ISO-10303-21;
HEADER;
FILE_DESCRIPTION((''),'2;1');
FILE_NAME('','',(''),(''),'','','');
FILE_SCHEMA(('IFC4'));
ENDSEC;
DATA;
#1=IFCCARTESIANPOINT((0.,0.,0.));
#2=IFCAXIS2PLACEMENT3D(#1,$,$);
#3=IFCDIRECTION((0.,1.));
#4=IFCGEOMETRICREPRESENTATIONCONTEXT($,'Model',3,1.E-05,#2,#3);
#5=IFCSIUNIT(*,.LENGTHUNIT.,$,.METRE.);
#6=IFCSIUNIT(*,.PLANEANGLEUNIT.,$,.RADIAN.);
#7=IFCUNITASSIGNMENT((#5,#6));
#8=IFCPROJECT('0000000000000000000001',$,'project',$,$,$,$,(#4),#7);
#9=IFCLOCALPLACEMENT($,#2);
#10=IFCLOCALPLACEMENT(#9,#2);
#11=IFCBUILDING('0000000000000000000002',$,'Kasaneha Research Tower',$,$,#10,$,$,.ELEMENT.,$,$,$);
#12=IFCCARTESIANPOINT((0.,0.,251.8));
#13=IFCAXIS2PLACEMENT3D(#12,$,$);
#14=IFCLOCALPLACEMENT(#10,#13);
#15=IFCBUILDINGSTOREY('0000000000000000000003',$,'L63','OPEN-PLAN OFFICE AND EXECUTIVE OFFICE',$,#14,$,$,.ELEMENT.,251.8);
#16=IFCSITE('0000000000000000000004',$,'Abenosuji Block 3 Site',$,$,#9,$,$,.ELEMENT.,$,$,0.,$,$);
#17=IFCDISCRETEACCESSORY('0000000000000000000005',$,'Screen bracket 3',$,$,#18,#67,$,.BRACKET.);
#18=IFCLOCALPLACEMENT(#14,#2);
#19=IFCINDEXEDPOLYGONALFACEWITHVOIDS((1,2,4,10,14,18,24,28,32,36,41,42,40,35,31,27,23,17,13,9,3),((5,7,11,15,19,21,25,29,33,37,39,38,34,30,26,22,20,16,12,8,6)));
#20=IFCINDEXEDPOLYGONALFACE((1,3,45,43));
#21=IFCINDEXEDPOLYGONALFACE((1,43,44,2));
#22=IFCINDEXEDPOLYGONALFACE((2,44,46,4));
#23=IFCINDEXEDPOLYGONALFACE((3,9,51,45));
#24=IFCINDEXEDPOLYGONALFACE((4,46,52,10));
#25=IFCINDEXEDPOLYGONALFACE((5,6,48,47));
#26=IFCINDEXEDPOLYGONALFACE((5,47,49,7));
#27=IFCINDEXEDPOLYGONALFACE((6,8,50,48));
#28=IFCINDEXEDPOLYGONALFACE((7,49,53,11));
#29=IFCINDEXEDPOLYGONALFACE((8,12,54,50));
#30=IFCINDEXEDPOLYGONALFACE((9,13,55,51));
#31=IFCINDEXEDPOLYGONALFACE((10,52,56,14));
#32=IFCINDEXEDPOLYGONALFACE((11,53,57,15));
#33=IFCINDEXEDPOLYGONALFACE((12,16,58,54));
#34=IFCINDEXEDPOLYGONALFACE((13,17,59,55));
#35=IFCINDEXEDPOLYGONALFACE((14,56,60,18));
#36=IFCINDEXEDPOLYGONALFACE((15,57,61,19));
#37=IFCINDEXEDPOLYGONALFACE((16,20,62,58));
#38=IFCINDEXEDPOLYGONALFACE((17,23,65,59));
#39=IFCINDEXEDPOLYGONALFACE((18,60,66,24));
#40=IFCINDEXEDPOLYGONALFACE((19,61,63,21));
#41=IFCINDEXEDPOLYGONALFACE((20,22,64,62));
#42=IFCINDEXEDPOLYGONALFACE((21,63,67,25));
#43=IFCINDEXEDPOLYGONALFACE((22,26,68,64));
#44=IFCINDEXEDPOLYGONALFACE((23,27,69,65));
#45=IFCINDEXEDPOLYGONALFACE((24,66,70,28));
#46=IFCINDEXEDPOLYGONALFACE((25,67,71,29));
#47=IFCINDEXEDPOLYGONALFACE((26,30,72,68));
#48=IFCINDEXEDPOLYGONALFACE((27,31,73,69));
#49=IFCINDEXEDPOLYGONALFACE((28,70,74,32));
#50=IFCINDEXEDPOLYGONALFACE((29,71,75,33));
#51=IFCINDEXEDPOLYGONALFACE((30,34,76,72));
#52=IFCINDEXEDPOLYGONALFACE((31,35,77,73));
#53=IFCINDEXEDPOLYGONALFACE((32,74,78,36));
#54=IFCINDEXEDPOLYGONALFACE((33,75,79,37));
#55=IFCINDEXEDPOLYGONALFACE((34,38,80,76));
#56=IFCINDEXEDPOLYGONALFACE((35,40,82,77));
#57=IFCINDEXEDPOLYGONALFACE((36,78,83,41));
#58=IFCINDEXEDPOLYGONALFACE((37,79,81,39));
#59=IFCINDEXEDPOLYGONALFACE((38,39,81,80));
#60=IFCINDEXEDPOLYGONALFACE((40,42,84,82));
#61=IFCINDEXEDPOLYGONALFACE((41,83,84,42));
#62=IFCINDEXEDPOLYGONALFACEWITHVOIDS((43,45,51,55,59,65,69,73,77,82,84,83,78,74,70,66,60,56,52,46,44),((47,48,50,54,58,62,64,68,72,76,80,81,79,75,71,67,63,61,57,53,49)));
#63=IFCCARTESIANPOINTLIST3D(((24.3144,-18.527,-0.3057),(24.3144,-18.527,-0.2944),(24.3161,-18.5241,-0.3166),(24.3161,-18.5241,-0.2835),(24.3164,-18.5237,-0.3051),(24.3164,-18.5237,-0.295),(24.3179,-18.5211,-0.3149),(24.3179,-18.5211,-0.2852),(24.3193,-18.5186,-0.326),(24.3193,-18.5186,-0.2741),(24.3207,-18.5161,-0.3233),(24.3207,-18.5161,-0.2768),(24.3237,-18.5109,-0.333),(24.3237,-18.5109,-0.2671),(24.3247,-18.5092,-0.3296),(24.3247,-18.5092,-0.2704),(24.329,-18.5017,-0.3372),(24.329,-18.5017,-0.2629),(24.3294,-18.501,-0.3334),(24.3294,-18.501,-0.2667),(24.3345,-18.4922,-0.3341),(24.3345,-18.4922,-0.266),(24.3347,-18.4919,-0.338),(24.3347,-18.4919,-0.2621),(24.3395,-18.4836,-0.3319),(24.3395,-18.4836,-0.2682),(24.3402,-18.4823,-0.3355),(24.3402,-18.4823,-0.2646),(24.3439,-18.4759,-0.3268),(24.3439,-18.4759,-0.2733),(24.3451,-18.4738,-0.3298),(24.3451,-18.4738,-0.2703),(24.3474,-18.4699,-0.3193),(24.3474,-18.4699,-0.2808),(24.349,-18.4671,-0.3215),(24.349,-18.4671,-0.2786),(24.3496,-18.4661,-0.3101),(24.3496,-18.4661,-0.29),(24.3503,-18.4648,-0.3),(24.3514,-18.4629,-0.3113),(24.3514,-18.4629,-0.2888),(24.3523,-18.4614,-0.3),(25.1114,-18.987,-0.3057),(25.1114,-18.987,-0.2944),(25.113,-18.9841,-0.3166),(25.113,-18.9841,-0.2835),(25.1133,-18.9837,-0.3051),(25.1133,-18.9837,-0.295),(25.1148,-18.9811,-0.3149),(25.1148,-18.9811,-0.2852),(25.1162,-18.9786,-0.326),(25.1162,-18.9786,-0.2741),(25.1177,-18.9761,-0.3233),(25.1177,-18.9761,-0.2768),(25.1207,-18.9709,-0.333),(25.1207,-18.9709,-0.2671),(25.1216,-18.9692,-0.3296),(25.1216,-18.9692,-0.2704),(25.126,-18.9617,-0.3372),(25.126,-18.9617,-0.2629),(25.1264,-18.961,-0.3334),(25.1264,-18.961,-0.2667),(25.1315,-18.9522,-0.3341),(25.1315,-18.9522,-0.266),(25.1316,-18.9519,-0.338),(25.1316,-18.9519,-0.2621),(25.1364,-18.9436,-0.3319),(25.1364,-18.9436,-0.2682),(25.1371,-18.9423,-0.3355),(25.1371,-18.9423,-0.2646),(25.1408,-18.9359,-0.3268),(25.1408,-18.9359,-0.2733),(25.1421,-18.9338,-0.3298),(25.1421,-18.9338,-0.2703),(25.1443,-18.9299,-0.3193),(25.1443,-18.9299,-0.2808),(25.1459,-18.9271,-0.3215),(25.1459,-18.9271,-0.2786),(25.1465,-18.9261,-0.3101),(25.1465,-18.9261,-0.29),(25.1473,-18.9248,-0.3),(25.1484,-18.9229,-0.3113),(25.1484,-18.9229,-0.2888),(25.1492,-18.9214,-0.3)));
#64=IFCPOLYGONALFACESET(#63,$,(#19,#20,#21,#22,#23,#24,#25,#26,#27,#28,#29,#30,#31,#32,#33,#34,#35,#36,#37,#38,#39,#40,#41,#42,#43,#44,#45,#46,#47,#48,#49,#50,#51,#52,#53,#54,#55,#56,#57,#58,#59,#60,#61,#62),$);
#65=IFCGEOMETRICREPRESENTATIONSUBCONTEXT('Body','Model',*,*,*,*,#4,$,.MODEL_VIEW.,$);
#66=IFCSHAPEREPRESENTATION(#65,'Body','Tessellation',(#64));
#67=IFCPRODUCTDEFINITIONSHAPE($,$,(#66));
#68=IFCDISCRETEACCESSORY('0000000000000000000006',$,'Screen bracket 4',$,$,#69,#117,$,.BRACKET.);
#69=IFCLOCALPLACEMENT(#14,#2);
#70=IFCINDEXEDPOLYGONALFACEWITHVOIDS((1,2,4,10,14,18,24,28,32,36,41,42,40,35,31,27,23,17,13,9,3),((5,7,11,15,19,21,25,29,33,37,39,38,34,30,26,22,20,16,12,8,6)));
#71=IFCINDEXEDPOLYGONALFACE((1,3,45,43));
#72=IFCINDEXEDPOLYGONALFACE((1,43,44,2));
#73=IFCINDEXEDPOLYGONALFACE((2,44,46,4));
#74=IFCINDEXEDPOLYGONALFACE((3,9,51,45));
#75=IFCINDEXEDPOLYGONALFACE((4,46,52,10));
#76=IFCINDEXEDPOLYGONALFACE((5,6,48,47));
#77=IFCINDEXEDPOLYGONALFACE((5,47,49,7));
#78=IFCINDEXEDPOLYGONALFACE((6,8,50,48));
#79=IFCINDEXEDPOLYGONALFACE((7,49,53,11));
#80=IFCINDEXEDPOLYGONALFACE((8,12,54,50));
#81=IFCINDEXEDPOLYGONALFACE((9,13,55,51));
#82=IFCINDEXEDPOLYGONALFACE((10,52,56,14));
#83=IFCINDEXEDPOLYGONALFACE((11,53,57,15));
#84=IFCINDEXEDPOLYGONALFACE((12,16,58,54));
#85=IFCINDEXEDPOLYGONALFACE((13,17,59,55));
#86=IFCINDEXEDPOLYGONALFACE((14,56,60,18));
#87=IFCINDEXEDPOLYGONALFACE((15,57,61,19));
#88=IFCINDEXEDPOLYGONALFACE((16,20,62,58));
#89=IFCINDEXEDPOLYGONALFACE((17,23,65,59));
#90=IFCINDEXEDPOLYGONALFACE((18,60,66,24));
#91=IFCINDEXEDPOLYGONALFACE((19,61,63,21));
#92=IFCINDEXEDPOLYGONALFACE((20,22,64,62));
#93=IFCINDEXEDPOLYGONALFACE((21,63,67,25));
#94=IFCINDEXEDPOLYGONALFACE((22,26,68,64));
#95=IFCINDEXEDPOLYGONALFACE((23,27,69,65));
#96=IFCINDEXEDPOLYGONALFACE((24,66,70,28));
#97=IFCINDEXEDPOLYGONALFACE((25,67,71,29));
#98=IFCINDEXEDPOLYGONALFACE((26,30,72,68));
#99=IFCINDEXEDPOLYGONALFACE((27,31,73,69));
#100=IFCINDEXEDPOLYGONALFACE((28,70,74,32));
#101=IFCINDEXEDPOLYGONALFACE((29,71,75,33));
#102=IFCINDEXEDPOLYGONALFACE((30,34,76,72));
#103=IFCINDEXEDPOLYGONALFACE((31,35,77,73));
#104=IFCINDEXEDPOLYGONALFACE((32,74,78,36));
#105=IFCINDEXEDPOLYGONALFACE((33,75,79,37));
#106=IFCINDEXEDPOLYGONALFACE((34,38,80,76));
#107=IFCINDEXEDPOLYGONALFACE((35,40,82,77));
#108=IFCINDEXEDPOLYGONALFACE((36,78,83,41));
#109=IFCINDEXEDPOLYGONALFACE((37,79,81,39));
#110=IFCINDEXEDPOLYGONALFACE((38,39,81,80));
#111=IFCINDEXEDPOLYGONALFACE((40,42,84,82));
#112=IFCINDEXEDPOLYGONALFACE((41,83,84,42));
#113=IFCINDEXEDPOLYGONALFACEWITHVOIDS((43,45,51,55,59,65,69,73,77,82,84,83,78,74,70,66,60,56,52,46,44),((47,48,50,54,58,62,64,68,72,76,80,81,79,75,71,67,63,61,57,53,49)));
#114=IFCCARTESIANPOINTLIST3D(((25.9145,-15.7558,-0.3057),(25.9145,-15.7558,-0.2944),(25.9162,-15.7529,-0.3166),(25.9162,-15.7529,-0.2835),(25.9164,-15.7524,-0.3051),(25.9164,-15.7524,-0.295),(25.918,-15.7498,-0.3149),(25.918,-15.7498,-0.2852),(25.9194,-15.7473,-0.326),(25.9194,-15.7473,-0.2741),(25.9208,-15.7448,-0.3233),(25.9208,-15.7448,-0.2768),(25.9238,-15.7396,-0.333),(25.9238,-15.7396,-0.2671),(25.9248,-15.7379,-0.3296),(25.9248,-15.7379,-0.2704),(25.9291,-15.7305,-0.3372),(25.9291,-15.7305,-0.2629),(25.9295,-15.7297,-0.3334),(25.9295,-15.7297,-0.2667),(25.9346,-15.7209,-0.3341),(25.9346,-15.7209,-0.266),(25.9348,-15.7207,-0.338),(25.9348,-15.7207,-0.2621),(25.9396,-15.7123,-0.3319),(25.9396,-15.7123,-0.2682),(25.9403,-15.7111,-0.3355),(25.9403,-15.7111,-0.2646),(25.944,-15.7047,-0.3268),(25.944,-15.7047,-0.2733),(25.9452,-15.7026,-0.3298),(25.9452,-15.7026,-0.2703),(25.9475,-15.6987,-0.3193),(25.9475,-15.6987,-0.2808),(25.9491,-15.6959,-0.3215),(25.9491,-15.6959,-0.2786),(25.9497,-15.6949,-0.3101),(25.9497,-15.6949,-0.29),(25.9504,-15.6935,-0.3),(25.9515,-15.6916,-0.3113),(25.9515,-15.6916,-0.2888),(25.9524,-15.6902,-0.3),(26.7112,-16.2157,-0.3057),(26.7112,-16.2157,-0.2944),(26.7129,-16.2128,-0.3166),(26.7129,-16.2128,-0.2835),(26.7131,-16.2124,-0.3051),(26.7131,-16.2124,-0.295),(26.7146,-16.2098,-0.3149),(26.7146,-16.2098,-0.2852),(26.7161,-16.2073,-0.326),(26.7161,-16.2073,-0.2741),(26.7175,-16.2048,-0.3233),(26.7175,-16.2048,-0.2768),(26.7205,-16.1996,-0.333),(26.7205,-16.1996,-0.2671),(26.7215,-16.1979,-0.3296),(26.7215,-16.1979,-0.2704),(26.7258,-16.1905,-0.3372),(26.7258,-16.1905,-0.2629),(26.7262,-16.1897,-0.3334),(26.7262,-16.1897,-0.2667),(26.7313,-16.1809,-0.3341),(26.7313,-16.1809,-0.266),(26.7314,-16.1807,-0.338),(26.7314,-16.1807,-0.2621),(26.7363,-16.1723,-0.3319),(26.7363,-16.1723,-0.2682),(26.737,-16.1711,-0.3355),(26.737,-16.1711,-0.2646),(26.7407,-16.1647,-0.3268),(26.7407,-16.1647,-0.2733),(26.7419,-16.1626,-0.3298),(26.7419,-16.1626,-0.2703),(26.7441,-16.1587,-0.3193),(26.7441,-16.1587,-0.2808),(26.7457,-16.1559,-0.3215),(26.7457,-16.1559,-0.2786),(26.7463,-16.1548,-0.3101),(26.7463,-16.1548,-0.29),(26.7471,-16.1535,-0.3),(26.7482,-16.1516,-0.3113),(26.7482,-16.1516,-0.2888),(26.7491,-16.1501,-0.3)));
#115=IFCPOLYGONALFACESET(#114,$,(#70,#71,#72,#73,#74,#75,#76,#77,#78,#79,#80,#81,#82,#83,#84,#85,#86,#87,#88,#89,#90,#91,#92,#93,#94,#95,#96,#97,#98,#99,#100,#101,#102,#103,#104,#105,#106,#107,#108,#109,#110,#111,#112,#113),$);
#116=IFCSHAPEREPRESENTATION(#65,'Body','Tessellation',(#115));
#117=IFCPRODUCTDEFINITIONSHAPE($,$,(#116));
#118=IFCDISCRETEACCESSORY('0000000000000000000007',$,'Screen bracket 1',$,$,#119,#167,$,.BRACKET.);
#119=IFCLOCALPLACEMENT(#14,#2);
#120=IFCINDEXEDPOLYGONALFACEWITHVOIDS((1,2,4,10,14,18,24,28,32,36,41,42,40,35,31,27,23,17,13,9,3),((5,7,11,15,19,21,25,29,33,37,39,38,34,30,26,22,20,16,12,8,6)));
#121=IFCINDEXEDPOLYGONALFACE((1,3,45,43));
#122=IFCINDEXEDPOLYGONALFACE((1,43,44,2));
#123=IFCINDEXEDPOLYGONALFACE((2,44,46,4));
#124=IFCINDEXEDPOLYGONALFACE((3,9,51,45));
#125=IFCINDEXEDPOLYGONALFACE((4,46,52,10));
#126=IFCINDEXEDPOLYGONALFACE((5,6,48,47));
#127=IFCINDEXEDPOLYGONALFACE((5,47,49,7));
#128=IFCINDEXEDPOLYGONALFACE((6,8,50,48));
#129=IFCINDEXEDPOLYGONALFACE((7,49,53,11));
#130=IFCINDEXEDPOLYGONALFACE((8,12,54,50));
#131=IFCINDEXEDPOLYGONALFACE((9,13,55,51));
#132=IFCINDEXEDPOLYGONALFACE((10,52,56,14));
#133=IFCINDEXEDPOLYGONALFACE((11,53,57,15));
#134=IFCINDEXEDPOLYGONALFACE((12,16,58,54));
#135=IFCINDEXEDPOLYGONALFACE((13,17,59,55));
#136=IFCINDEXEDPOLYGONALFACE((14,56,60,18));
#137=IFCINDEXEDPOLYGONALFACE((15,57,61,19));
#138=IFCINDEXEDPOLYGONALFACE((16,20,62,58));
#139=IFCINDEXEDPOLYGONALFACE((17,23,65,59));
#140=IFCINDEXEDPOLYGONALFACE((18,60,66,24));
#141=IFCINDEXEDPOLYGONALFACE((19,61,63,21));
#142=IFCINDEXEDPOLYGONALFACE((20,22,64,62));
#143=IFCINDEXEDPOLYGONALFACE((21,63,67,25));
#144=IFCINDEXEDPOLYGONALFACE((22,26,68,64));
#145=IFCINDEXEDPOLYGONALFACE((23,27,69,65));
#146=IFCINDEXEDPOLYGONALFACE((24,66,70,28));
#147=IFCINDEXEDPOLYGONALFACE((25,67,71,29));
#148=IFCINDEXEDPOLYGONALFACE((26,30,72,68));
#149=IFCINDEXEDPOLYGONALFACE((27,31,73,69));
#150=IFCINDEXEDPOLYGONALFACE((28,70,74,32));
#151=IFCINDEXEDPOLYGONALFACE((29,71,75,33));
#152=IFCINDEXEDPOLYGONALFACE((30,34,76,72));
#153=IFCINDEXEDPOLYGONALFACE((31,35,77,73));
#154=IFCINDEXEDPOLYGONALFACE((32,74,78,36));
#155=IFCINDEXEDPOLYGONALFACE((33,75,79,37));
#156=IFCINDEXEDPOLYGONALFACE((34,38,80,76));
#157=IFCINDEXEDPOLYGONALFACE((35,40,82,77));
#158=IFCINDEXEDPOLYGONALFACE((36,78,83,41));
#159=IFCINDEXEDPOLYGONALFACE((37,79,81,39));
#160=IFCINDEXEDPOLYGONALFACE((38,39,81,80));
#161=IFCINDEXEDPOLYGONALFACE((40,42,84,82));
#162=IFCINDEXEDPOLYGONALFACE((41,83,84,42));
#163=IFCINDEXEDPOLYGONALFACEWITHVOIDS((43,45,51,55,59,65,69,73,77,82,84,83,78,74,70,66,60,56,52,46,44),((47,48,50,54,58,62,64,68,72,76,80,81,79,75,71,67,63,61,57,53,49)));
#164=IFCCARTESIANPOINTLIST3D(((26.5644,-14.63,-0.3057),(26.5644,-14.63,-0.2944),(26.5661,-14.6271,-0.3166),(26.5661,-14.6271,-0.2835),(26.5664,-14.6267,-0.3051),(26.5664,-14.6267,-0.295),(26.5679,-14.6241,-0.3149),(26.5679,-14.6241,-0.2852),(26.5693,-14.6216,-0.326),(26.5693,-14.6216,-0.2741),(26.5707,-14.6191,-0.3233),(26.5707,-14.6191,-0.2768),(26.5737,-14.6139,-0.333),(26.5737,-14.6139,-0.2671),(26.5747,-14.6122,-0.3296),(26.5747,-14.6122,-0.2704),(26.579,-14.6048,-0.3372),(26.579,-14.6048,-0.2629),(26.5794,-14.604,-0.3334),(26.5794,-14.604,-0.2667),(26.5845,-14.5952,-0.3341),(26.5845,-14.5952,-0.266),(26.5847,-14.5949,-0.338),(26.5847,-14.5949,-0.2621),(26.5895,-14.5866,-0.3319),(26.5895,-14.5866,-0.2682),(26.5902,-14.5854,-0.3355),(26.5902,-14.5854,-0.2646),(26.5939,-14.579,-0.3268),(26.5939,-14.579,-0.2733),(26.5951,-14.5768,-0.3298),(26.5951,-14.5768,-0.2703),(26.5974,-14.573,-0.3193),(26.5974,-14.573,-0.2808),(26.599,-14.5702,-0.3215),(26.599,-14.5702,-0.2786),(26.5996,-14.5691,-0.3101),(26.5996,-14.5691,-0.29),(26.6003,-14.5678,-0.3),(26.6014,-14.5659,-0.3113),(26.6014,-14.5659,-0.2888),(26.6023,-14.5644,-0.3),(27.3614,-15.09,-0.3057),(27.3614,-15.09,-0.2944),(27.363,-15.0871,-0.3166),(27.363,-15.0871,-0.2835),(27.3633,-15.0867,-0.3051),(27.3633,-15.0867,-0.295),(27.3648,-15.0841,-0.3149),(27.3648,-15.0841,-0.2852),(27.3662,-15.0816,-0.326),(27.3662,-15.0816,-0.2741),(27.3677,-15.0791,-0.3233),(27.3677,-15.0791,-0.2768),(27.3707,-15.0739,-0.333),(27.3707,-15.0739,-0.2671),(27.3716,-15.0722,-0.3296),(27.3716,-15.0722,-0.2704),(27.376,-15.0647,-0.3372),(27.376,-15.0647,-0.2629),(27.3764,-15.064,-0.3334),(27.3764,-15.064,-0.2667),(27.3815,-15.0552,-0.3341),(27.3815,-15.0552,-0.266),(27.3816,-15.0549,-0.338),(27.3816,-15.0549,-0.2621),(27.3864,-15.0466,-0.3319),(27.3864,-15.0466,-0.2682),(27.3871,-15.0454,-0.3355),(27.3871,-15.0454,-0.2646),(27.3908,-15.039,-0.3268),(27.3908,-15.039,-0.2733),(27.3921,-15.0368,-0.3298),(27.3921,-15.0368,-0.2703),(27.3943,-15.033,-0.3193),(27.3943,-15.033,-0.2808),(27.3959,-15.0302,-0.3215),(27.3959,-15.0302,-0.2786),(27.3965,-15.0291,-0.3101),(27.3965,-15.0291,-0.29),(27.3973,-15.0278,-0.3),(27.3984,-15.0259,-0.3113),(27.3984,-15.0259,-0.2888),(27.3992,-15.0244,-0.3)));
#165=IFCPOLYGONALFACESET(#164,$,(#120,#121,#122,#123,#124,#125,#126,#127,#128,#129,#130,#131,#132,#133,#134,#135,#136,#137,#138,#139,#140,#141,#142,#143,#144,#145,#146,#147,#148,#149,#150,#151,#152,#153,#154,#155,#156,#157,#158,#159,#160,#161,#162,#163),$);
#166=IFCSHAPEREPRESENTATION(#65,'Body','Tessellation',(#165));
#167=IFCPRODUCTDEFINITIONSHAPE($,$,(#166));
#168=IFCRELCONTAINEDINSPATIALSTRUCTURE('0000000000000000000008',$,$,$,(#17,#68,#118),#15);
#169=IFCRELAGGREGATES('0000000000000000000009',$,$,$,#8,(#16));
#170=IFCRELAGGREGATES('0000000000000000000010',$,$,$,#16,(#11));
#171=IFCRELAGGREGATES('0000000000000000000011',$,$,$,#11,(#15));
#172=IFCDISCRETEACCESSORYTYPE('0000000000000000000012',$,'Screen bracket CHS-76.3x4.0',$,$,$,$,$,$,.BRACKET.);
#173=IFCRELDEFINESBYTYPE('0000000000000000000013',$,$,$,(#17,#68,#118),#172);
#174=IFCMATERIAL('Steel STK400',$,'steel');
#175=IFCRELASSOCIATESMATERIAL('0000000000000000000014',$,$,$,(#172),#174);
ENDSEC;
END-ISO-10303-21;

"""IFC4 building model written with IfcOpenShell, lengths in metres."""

from ifc_helpers import new_model, si_unit, direction, frame, origin, origin_2d, place, context, subcontext, project, spatial, hollow_circle, extrude, material, material_profile, profile_set, type_object, element, save


model = new_model("IFC4")

# Units and contexts
model_context = context("Model", 3, precision=1e-05, world=origin(), true_north=direction((0.0, 1.0)))
body_context = subcontext(model_context, "Body", "Model", "MODEL_VIEW")
ifc_project = project(units=[si_unit("LENGTHUNIT", "METRE"), si_unit("PLANEANGLEUNIT", "RADIAN")], contexts=[model_context])

# Site, building, storey
site_placement = place(None, origin())
site = spatial("IfcSite", under=ifc_project, at=site_placement, Name="Abenosuji Block 3 Site", CompositionType="ELEMENT", RefElevation=0.0)
building_placement = place(site_placement, origin())
building = spatial("IfcBuilding", under=site, at=building_placement, Name="Kasaneha Research Tower", CompositionType="ELEMENT")
storey_placement = place(building_placement, frame((0.0, 0.0, 251.8)))
storey = spatial("IfcBuildingStorey", under=building, at=storey_placement, Name="L63", Description="OPEN-PLAN OFFICE AND EXECUTIVE OFFICE", CompositionType="ELEMENT", Elevation=251.8)

# Discrete accessories
ifc_material_1 = material(Name="Steel STK400", Category="steel")
ifc_material_profile_1 = material_profile(ifc_material_1, hollow_circle(Radius=0.0381, WallThickness=0.0039, at=origin_2d()), Name="CHS-76.3x4.0")
ifc_profile_set_1 = profile_set([ifc_material_profile_1], Name="Steel STK400")
discrete_accessory_type = type_object("IfcDiscreteAccessoryType", Name="Screen bracket CHS-76.3x4.0", PredefinedType="BRACKET", material=ifc_profile_set_1)
discrete_accessory_1_placement = place(storey_placement, frame((24.3333, -18.4944, -0.3), z_axis=(0.86608, -0.499906, 0.0), x_axis=(0.499906, 0.86608, 0.0)))
element("IfcDiscreteAccessory", 1, at=discrete_accessory_1_placement, inside=storey, type_object=discrete_accessory_type, Name="Screen bracket 3", PredefinedType="BRACKET", context=body_context, shape_type="SweptSolid", body=[
    extrude(hollow_circle(Radius=0.0381, WallThickness=0.0039, at=origin_2d()), origin(), (0.0, 0.0, 1.0), 0.9202),
])
discrete_accessory_2_placement = place(storey_placement, frame((25.9333, -15.7231, -0.3), z_axis=(0.866013, -0.500021, 0.0), x_axis=(0.500021, 0.866013, 0.0)))
element("IfcDiscreteAccessory", 2, at=discrete_accessory_2_placement, inside=storey, type_object=discrete_accessory_type, Name="Screen bracket 4", PredefinedType="BRACKET", context=body_context, shape_type="SweptSolid", body=[
    extrude(hollow_circle(Radius=0.0381, WallThickness=0.0039, at=origin_2d()), origin(), (0.0, 0.0, 1.0), 0.9199),
])
discrete_accessory_3_placement = place(storey_placement, frame((26.5833, -14.5974, -0.3), z_axis=(0.86608, -0.499906, 0.0), x_axis=(0.499906, 0.86608, 0.0)))
element("IfcDiscreteAccessory", 3, at=discrete_accessory_3_placement, inside=storey, type_object=discrete_accessory_type, Name="Screen bracket 1", PredefinedType="BRACKET", context=body_context, shape_type="SweptSolid", body=[
    extrude(hollow_circle(Radius=0.0381, WallThickness=0.0039, at=origin_2d()), origin(), (0.0, 0.0, 1.0), 0.9202),
])

save(model, "model.ifc")
